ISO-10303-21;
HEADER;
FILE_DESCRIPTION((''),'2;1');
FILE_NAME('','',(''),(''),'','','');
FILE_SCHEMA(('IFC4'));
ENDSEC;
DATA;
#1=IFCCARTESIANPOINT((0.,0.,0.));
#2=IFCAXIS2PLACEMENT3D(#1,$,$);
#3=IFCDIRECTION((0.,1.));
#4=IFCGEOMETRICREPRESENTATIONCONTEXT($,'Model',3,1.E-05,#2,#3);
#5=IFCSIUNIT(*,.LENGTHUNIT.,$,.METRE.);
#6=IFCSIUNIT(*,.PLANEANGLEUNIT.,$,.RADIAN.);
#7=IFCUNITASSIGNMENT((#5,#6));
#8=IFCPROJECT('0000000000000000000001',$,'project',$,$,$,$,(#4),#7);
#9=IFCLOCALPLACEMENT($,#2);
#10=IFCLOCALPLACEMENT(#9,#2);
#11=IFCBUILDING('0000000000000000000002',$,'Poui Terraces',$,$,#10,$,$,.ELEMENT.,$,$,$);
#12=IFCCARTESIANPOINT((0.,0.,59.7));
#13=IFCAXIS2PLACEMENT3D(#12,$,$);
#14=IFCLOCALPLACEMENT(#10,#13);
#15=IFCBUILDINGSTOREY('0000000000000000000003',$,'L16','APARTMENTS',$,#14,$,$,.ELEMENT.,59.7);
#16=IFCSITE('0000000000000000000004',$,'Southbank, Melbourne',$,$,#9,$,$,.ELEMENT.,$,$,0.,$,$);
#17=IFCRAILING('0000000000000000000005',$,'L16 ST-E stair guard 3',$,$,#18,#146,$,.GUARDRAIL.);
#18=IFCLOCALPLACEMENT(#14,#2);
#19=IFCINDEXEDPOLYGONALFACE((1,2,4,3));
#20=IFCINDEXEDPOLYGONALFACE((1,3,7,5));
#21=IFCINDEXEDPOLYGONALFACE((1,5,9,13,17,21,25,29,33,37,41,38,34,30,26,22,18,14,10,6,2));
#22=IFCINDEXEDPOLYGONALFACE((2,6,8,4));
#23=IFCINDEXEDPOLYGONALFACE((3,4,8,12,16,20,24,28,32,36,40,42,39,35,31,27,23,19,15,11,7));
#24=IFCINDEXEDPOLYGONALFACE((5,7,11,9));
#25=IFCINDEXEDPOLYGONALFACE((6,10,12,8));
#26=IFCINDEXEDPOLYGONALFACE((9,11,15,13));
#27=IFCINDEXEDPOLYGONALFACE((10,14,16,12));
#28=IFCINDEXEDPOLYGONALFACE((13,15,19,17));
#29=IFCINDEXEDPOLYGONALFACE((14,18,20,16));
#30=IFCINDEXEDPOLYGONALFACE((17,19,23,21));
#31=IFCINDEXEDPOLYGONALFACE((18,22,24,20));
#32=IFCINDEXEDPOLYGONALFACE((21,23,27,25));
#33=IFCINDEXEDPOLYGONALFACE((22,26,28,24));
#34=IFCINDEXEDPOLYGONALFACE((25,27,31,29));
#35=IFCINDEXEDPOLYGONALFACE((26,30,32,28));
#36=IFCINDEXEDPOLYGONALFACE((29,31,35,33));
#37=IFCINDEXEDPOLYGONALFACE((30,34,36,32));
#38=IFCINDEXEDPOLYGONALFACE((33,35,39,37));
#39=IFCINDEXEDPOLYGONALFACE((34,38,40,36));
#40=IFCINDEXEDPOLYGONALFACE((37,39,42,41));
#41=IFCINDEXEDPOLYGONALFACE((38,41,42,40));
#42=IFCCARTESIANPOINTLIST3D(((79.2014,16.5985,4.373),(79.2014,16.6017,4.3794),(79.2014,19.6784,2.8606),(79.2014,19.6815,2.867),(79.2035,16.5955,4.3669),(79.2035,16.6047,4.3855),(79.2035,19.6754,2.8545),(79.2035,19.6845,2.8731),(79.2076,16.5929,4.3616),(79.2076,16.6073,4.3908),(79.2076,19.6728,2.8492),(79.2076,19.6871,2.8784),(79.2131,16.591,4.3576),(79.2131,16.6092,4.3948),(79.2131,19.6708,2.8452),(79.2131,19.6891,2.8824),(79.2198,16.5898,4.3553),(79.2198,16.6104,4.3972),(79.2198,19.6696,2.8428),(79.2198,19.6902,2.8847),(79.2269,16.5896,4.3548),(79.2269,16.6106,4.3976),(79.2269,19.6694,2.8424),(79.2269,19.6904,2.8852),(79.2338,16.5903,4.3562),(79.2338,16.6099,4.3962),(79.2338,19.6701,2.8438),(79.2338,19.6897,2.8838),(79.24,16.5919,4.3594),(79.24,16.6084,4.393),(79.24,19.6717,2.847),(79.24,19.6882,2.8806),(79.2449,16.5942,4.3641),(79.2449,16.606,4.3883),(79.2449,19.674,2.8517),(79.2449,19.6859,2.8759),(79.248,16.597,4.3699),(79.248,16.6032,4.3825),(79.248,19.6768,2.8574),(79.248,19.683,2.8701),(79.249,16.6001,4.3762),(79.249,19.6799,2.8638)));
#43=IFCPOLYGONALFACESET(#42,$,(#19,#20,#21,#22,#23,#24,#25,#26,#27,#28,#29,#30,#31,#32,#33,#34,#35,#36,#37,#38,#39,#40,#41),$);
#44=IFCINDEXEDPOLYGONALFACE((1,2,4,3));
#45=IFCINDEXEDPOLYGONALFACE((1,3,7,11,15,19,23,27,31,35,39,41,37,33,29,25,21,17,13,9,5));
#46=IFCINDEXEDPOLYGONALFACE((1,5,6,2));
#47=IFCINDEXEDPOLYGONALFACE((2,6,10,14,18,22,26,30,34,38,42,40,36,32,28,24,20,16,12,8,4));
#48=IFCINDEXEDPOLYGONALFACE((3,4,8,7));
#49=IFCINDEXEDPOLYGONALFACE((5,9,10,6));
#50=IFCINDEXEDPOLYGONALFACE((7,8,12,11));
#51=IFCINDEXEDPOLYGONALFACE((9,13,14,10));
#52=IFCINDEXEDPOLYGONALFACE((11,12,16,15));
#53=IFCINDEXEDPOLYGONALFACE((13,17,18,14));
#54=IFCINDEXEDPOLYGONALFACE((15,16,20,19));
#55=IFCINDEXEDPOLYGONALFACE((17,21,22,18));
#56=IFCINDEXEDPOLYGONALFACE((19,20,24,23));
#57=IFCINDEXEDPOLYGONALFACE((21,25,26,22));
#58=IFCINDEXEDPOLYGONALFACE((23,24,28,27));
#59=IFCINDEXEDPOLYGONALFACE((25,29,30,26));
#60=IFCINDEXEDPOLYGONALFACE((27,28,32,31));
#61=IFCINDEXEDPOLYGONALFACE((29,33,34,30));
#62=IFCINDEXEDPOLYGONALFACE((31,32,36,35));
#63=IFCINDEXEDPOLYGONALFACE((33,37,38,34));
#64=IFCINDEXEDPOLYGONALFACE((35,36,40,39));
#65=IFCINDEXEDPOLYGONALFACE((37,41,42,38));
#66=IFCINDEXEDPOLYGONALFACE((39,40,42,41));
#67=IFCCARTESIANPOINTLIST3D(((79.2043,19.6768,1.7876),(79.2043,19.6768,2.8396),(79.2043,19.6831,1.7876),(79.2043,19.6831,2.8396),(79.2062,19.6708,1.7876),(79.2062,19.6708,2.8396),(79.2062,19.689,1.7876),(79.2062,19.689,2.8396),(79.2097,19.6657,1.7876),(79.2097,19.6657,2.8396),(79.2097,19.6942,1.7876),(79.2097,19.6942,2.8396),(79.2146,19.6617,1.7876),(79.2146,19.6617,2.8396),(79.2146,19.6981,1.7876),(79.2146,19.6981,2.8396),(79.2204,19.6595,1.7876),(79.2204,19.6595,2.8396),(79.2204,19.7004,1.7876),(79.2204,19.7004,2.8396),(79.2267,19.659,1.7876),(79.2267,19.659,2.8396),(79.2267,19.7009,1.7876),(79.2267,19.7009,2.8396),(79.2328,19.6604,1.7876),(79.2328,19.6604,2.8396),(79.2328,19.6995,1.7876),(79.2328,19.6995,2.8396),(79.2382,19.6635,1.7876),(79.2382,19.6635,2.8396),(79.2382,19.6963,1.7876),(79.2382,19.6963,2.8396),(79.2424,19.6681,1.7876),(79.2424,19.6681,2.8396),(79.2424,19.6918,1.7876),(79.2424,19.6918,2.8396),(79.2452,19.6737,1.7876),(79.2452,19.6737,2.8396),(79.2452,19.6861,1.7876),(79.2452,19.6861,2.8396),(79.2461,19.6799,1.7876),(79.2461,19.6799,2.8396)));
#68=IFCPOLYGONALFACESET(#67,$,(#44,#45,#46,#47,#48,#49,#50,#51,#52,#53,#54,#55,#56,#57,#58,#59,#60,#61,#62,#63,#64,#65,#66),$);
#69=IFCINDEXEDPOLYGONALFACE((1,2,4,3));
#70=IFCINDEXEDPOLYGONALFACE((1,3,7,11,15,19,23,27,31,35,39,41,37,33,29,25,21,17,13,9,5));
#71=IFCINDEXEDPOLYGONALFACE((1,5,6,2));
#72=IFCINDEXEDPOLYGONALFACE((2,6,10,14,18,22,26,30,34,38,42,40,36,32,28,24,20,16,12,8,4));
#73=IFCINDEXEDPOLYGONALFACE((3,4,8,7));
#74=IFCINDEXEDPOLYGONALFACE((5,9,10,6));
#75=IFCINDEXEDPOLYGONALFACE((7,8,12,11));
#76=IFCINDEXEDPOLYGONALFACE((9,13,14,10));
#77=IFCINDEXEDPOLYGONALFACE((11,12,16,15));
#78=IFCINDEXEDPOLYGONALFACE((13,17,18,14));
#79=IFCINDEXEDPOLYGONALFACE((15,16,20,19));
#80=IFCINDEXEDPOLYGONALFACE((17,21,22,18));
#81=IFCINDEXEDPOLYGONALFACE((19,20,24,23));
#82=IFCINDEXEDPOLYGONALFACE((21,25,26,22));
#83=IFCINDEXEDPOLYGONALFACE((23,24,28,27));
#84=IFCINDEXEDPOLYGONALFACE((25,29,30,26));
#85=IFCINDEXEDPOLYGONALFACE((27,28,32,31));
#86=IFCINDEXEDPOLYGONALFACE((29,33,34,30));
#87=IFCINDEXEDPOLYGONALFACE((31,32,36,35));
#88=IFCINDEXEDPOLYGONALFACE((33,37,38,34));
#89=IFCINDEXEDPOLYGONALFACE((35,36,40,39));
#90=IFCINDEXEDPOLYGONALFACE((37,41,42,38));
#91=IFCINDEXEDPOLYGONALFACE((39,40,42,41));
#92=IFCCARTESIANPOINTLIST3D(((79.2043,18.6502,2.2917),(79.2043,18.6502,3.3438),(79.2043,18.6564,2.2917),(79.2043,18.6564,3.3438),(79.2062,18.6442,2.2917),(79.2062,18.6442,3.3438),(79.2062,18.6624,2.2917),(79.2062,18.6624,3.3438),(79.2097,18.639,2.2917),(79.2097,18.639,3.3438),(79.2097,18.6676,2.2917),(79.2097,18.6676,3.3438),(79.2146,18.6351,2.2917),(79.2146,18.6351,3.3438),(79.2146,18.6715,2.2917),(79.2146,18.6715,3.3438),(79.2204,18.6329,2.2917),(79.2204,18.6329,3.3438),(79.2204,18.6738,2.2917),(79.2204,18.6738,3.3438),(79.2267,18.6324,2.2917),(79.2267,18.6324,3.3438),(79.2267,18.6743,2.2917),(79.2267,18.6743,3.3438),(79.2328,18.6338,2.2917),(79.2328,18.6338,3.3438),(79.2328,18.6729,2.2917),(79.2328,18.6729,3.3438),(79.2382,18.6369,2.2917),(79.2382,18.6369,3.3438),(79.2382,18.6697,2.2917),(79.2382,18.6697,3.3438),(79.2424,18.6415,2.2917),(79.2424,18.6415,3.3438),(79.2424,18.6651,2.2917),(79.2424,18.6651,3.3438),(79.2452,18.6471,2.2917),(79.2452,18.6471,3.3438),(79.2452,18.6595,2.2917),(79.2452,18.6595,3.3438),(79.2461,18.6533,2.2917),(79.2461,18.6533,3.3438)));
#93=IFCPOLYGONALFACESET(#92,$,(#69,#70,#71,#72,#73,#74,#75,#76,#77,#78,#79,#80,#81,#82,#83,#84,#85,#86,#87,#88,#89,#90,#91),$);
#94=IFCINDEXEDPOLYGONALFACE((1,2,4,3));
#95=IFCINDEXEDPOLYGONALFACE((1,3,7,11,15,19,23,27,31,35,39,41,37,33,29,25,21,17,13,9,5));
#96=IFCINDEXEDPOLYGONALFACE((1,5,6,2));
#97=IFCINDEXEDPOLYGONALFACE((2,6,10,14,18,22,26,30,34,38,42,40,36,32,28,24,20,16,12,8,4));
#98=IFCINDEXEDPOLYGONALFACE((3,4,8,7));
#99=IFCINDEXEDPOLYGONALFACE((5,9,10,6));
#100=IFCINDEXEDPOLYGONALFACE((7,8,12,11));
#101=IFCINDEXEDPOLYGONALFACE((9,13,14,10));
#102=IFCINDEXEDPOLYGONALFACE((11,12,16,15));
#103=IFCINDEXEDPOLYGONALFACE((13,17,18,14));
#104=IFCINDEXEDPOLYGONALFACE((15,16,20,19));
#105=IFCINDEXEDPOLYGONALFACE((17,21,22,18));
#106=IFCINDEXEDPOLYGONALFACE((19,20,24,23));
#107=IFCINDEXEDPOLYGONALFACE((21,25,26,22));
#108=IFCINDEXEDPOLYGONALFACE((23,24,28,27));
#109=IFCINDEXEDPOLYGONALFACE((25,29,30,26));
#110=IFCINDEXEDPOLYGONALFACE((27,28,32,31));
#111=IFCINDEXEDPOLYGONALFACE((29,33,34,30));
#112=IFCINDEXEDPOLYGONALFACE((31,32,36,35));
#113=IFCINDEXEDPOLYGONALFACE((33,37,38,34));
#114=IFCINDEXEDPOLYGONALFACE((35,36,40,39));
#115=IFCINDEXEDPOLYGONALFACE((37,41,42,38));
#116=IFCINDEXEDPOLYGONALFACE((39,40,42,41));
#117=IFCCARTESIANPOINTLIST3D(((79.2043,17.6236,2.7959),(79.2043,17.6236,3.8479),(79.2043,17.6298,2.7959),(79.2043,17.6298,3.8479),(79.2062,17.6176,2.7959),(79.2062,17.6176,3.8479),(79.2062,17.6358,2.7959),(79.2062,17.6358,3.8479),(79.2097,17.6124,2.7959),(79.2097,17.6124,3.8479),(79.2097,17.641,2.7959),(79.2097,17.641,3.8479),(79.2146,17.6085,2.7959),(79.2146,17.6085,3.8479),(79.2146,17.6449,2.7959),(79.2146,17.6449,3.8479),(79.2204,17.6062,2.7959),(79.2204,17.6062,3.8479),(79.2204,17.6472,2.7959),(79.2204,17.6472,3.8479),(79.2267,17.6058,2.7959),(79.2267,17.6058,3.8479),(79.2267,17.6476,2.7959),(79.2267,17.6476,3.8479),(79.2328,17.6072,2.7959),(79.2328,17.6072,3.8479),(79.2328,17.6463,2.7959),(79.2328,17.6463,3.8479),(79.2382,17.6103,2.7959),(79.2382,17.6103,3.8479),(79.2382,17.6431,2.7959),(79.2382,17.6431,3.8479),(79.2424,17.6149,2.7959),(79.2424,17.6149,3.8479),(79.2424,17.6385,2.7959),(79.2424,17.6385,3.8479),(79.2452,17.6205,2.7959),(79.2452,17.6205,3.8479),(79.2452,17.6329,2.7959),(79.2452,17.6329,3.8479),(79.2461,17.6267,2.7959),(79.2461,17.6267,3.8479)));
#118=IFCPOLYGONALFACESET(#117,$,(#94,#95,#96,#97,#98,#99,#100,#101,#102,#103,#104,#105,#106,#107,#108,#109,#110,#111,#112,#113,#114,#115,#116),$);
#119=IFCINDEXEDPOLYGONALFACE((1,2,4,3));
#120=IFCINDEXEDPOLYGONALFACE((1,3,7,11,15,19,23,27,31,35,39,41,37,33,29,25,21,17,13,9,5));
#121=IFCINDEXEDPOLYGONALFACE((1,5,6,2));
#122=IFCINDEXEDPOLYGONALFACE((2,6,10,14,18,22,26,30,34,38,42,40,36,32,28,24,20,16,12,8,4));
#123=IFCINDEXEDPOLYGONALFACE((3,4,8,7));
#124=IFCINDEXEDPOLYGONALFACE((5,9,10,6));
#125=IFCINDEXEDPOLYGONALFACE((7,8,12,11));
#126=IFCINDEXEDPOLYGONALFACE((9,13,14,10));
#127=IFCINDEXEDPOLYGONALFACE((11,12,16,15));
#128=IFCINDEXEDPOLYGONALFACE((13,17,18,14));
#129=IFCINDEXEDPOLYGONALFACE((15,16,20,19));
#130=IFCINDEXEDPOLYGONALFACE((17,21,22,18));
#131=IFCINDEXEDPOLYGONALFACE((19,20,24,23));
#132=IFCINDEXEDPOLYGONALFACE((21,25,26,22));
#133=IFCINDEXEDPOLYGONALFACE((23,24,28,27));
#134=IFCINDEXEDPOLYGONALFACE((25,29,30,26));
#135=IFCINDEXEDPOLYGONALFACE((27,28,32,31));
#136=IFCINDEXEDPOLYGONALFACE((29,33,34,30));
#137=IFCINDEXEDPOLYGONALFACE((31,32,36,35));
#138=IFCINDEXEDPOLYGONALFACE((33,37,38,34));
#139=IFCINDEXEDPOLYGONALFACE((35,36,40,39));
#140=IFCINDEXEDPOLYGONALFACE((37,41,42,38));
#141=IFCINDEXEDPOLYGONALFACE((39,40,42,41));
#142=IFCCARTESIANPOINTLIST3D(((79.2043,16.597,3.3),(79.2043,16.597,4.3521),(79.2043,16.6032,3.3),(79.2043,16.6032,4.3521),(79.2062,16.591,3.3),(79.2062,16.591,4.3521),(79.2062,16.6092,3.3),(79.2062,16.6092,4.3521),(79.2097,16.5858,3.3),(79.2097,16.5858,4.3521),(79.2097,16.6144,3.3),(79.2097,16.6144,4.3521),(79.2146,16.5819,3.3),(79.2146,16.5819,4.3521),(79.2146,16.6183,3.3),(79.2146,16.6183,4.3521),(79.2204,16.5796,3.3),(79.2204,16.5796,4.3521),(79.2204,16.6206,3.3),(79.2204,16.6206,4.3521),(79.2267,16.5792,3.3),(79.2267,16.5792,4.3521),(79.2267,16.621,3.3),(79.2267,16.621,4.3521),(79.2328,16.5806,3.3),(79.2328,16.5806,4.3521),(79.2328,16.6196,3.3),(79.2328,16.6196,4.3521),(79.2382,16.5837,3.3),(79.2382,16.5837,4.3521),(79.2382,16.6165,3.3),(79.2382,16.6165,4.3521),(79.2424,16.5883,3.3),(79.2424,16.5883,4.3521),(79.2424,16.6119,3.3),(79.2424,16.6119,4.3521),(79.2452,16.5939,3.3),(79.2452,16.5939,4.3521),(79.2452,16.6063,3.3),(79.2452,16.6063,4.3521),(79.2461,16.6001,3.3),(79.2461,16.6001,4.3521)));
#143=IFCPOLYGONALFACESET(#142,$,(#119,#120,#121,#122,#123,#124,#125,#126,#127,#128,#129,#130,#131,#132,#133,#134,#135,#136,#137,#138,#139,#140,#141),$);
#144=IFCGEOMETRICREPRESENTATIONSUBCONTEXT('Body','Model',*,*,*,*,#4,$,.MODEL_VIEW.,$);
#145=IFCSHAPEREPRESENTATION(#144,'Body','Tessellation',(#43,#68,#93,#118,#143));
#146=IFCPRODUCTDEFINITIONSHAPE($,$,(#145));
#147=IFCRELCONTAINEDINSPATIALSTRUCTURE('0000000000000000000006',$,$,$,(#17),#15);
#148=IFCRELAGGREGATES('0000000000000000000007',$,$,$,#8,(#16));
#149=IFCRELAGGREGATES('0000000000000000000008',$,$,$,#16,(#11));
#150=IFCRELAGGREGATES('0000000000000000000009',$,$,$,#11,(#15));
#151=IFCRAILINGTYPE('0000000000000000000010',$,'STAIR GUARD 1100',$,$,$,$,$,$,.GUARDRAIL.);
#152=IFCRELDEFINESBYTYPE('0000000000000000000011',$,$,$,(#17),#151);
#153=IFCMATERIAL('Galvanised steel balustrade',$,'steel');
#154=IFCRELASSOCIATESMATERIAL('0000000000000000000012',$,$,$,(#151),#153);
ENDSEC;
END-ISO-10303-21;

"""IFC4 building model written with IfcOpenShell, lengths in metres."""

from ifc_helpers import new_model, si_unit, direction, frame, origin, origin_2d, place, context, subcontext, project, spatial, circle, extrude, material, type_object, element, save


model = new_model("IFC4")

# Units and contexts
model_context = context("Model", 3, precision=1e-05, world=origin(), true_north=direction((0.0, 1.0)))
body_context = subcontext(model_context, "Body", "Model", "MODEL_VIEW")
ifc_project = project(units=[si_unit("LENGTHUNIT", "METRE"), si_unit("PLANEANGLEUNIT", "RADIAN")], contexts=[model_context])

# Site, building, storey
site_placement = place(None, origin())
site = spatial("IfcSite", under=ifc_project, at=site_placement, Name="Southbank, Melbourne", CompositionType="ELEMENT", RefElevation=0.0)
building_placement = place(site_placement, origin())
building = spatial("IfcBuilding", under=site, at=building_placement, Name="Poui Terraces", CompositionType="ELEMENT")
storey_placement = place(building_placement, frame((0.0, 0.0, 59.7)))
storey = spatial("IfcBuildingStorey", under=building, at=storey_placement, Name="L16", Description="APARTMENTS", CompositionType="ELEMENT", Elevation=59.7)

# Railing
ifc_material_1 = material(Name="Galvanised steel balustrade", Category="steel")
railing_type_1 = type_object("IfcRailingType", Name="STAIR GUARD 1100", PredefinedType="GUARDRAIL", material=ifc_material_1)
railing_1_placement = place(storey_placement, frame((79.2251, 19.6799, 1.7876)))
element("IfcRailing", 1, at=railing_1_placement, inside=storey, type_object=railing_type_1, Name="L16 ST-E stair guard 3", PredefinedType="GUARDRAIL", context=body_context, shape_type="SweptSolid", body=[
    extrude(circle(Radius=0.0239, at=origin_2d()), frame((0.0, 0.0, 1.0762), z_axis=(0.0, -0.897606, 0.440798), x_axis=(1.0, 0.0, 0.0)), (0.0, 0.0, 1.0), 3.4312),
    extrude(circle(Radius=0.021, at=origin_2d()), origin(), (0.0, 0.0, 1.0), 1.052),
    extrude(circle(Radius=0.021, at=origin_2d()), frame((0.0, -1.0266, 0.5042)), (0.0, 0.0, 1.0), 1.052),
    extrude(circle(Radius=0.021, at=origin_2d()), frame((0.0, -2.0532, 1.0083)), (0.0, 0.0, 1.0), 1.052),
    extrude(circle(Radius=0.021, at=origin_2d()), frame((0.0, -3.0798, 1.5125)), (0.0, 0.0, 1.0), 1.052),
])

save(model, "model.ifc")
